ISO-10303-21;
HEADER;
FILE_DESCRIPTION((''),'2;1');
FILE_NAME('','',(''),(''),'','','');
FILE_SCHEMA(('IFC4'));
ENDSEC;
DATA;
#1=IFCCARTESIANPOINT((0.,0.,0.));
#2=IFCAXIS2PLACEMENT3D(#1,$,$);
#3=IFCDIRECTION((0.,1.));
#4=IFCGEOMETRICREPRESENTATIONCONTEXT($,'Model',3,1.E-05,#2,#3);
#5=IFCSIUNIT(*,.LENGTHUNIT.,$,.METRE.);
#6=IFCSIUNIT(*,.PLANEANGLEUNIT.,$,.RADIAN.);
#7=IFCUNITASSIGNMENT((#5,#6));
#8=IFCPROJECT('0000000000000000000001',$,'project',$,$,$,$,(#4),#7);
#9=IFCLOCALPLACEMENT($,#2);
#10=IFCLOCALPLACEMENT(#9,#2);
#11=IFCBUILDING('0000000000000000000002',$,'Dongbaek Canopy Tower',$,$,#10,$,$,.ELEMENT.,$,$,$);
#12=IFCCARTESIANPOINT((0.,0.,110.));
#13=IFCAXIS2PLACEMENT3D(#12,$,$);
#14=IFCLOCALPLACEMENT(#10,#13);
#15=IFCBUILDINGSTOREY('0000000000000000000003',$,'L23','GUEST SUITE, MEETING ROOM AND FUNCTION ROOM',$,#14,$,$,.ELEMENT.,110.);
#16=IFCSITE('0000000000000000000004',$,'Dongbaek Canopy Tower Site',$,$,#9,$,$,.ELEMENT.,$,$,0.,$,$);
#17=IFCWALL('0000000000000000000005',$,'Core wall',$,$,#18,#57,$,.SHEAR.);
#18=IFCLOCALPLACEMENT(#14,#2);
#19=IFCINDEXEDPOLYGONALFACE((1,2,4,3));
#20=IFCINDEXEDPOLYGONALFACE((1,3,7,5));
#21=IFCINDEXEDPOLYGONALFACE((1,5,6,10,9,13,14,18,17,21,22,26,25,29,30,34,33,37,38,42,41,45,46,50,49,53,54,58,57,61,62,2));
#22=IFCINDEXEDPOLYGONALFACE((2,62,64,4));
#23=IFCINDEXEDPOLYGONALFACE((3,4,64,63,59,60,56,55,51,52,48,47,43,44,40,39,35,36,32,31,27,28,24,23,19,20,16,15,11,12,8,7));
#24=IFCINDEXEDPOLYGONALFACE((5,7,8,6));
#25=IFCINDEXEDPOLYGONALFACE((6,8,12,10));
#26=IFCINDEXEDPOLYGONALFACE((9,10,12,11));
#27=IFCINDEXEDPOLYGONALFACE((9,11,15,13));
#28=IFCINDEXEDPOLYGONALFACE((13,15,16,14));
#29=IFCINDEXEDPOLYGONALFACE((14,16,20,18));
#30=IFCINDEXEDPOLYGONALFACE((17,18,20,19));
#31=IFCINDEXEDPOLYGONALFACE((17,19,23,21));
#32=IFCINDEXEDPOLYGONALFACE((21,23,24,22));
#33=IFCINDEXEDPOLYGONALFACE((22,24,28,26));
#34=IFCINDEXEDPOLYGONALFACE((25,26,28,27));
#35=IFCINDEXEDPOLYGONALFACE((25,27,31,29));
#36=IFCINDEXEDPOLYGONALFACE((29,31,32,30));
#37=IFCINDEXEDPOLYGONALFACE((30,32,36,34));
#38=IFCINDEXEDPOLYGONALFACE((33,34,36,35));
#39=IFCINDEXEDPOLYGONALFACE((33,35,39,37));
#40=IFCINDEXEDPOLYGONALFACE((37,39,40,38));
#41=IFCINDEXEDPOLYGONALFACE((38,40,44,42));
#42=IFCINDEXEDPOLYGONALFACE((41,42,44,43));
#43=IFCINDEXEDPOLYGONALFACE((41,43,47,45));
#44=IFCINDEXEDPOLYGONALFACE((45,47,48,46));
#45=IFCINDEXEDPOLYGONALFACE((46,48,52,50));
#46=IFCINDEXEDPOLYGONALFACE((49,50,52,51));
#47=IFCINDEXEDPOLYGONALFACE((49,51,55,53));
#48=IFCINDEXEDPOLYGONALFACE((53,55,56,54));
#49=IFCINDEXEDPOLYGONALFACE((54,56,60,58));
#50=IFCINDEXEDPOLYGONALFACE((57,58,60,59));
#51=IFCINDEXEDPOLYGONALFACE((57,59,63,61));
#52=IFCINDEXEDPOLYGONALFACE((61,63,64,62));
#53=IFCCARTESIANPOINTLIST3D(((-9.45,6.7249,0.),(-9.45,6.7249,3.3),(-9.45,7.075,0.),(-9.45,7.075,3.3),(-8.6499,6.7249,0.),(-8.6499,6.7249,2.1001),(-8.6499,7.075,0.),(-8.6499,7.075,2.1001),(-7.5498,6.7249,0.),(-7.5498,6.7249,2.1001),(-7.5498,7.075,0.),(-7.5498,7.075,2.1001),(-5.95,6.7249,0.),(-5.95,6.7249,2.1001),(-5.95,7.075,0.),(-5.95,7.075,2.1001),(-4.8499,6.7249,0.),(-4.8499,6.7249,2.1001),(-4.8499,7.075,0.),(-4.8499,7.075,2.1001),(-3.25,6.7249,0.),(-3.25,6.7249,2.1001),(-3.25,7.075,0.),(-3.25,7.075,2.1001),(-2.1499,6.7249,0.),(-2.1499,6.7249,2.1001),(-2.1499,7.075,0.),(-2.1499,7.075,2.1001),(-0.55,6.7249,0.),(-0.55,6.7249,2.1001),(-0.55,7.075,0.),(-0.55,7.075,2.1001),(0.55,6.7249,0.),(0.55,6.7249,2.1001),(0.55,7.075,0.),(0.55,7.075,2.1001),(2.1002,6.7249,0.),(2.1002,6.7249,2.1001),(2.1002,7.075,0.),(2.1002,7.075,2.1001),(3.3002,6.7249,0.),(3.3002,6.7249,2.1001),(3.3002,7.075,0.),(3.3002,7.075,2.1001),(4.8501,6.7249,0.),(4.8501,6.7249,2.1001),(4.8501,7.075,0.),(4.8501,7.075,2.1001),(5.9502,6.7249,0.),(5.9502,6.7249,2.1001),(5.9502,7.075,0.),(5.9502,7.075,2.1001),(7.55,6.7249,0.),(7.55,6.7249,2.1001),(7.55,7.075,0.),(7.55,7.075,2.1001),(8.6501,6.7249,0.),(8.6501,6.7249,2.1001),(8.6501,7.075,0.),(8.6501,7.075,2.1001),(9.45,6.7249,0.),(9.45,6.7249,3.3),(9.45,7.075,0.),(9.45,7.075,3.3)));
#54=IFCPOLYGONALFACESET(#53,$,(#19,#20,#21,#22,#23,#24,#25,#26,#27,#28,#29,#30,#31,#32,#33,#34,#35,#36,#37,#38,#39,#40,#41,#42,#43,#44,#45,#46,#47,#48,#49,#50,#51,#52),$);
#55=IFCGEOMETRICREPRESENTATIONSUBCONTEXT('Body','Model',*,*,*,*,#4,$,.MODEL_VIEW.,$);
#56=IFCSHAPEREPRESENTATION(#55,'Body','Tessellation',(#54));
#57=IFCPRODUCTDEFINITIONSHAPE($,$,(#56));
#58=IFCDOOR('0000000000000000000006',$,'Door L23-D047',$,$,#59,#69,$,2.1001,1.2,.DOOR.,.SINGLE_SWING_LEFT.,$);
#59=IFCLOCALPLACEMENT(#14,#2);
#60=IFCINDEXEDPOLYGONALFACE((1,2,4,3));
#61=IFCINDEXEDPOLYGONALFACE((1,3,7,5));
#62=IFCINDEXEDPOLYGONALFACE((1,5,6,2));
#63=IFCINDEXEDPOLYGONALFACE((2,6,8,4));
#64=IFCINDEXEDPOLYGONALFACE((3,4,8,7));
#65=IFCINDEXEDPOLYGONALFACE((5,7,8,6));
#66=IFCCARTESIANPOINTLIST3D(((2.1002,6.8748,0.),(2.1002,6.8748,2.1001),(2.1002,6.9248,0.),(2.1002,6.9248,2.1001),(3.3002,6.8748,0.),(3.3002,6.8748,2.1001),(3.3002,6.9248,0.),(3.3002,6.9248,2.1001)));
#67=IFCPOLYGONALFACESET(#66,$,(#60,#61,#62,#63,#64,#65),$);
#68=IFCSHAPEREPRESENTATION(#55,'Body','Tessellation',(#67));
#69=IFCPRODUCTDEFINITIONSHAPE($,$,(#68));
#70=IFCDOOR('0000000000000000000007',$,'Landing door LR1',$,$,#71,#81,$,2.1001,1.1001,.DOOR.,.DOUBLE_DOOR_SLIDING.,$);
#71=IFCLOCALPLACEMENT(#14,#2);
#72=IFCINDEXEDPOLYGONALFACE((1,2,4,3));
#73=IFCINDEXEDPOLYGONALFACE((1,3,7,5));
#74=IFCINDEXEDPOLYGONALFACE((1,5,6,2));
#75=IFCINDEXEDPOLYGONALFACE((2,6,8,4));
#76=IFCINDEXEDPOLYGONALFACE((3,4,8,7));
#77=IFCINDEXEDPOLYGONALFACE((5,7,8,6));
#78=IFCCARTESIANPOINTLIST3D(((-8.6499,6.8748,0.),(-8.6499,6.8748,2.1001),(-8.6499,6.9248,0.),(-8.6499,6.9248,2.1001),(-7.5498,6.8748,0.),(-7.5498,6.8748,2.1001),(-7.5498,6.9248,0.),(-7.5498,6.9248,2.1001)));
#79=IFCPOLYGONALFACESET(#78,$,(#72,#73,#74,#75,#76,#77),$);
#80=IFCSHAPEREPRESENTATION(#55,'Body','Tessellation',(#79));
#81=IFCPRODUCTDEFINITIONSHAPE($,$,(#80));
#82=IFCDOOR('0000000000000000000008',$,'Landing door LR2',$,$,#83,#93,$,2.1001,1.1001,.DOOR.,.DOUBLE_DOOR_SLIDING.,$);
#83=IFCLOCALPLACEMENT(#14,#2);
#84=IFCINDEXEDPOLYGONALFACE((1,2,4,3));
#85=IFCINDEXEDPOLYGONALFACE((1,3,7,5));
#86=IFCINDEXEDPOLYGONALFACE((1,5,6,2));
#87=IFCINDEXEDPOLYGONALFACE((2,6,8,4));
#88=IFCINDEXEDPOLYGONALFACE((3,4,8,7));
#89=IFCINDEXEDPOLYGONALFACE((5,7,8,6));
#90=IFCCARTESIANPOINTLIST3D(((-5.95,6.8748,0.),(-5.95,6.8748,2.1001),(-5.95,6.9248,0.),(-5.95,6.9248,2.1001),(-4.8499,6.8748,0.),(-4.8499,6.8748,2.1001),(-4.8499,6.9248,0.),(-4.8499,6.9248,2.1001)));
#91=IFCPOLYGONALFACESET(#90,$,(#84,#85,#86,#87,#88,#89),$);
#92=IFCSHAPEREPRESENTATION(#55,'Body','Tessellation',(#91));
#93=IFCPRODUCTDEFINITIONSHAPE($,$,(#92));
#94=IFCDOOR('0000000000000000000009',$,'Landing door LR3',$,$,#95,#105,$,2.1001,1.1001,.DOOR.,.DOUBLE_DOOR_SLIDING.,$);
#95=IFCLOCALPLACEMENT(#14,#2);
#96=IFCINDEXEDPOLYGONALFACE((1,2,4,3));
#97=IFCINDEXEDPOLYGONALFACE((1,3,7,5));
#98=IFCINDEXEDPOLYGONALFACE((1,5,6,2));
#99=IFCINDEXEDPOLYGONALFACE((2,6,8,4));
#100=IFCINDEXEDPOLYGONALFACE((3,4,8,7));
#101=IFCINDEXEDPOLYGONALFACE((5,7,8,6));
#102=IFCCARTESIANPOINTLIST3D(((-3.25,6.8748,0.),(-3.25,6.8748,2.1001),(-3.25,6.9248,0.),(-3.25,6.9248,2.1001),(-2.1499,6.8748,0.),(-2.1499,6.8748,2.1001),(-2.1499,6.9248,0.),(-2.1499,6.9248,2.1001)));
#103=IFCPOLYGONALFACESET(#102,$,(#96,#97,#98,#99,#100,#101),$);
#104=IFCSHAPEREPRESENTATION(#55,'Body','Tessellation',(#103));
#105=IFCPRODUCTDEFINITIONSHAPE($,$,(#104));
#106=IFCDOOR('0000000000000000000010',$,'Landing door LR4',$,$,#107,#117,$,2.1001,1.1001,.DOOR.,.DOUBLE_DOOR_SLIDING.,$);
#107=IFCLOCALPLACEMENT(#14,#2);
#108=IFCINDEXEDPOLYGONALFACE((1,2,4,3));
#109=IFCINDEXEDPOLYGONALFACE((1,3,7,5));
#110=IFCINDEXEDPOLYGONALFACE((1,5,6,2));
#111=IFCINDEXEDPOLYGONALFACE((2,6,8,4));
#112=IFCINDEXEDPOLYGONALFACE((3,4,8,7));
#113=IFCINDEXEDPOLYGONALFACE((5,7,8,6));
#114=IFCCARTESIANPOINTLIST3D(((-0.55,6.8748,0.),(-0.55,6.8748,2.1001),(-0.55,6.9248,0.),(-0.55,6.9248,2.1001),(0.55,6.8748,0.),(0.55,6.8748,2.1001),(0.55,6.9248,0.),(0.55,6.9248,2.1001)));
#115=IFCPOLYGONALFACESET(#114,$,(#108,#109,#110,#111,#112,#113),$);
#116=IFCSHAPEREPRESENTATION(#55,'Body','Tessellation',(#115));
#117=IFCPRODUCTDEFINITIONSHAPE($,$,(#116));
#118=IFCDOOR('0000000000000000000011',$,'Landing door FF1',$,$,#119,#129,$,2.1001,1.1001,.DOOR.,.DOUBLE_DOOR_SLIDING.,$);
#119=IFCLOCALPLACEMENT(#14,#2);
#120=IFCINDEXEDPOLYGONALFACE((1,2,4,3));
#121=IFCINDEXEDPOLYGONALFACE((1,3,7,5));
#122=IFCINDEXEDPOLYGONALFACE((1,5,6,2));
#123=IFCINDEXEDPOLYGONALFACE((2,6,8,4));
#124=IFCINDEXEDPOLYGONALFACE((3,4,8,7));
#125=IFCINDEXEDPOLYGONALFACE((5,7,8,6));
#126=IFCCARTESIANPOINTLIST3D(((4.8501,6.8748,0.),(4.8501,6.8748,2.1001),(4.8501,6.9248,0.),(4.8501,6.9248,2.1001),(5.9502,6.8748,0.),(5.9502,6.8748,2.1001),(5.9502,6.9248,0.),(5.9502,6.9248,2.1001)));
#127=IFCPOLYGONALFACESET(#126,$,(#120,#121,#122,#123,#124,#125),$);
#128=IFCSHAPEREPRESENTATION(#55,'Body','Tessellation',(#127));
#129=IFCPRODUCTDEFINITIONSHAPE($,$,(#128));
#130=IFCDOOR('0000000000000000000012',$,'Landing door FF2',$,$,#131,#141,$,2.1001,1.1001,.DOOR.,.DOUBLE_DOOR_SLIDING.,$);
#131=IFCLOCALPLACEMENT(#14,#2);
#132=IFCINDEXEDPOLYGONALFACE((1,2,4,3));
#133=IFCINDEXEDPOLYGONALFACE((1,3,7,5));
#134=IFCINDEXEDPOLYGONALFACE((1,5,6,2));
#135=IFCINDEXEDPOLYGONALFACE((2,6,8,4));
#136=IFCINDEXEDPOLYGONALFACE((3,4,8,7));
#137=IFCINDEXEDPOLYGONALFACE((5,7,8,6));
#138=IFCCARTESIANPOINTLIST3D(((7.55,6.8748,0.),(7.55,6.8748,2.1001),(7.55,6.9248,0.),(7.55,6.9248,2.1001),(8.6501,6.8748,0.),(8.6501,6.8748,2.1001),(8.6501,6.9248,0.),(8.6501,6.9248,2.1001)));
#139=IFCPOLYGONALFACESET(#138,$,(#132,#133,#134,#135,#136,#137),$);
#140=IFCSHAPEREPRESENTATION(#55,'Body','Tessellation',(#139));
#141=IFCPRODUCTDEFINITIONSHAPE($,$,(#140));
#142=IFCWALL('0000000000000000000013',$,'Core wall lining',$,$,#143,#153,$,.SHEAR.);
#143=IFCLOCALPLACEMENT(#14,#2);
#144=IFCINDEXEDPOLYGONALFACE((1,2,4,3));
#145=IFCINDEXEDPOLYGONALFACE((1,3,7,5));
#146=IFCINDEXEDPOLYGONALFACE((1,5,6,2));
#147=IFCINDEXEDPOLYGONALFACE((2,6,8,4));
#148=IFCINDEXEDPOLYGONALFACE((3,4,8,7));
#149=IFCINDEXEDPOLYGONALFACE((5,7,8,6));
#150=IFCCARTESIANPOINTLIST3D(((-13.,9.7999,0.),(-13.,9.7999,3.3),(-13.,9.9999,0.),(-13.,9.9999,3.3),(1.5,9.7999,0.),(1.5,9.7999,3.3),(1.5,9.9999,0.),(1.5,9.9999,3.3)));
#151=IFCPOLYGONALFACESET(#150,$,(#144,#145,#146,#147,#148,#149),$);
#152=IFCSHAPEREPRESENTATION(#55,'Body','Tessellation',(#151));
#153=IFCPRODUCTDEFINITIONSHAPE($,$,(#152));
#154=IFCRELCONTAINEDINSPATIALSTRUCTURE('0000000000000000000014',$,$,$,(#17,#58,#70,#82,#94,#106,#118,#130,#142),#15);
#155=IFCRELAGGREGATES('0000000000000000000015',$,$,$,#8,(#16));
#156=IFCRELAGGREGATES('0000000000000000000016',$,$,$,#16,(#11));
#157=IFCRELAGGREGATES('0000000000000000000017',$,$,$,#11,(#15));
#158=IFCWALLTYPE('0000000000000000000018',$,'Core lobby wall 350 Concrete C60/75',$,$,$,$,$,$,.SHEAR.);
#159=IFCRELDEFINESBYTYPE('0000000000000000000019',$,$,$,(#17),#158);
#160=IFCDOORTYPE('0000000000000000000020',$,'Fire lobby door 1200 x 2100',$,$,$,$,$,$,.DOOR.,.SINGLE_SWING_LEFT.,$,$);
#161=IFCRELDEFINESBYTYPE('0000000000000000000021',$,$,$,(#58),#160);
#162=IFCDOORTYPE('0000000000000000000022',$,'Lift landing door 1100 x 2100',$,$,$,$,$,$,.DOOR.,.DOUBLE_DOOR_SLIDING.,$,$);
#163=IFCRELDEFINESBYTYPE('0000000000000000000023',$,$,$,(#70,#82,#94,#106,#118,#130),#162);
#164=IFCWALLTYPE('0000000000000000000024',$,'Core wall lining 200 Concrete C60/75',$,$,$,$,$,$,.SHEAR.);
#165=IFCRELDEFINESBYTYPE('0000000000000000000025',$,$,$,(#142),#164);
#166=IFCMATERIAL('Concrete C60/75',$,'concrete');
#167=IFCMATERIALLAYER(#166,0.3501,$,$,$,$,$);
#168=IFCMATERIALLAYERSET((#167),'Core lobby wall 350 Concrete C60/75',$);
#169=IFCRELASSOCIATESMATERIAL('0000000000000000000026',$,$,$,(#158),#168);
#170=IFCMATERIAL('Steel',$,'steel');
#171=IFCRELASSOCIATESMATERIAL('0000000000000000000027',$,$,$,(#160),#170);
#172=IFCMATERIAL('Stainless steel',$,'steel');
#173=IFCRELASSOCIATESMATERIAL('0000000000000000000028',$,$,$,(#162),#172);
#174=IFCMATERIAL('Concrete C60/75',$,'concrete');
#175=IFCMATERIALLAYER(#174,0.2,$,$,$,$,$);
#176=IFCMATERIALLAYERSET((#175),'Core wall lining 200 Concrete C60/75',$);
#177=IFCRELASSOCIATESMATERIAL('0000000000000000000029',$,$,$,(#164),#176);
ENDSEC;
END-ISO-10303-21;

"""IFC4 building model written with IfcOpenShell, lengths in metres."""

from ifc_helpers import new_model, si_unit, direction, frame, frame_2d, origin, place, context, subcontext, project, spatial, rectangle, extrude, material, layer, layer_set, type_object, element, fill, save


model = new_model("IFC4")

# Units and contexts
model_context = context("Model", 3, precision=1e-05, world=origin(), true_north=direction((0.0, 1.0)))
body_context = subcontext(model_context, "Body", "Model", "MODEL_VIEW")
ifc_project = project(units=[si_unit("LENGTHUNIT", "METRE"), si_unit("PLANEANGLEUNIT", "RADIAN")], contexts=[model_context])

# Site, building, storey
site_placement = place(None, origin())
site = spatial("IfcSite", under=ifc_project, at=site_placement, Name="Dongbaek Canopy Tower Site", CompositionType="ELEMENT", RefElevation=0.0)
building_placement = place(site_placement, origin())
building = spatial("IfcBuilding", under=site, at=building_placement, Name="Dongbaek Canopy Tower", CompositionType="ELEMENT")
storey_placement = place(building_placement, frame((0.0, 0.0, 110.0)))
storey = spatial("IfcBuildingStorey", under=building, at=storey_placement, Name="L23", Description="GUEST SUITE, MEETING ROOM AND FUNCTION ROOM", CompositionType="ELEMENT", Elevation=110.0)

# Wall, openings, doors
ifc_material_1 = material(Name="Concrete C60/75", Category="concrete")
ifc_layer_1 = layer(ifc_material_1, 0.3501)
ifc_layer_set_1 = layer_set([ifc_layer_1], Name="Core lobby wall 350 Concrete C60/75")
wall_type_1 = type_object("IfcWallType", Name="Core lobby wall 350 Concrete C60/75", PredefinedType="SHEAR", material=ifc_layer_set_1)
wall_1_placement = place(storey_placement, frame((-9.45, 6.8999, 0.0), z_axis=(0.0, 0.0, 1.0), x_axis=(1.0, 0.0, 0.0)))
wall_1 = element("IfcWall", 1, at=wall_1_placement, inside=storey, type_object=wall_type_1, Name="Core wall", PredefinedType="SHEAR", context=body_context, shape_type="SweptSolid", body=[
    extrude(rectangle(XDim=18.8999, YDim=0.3501, at=frame_2d((9.45, 0.0))), origin(), (0.0, 0.0, 1.0), 3.3),
])
opening_1_placement = place(wall_1_placement, frame((0.8, 0.0, 0.0)))
opening_1 = element("IfcOpeningElement", 2, at=opening_1_placement, cuts=wall_1, PredefinedType="OPENING", context=body_context, shape_type="SweptSolid", body=[
    extrude(rectangle(XDim=1.1001, YDim=2.1001, at=frame_2d((0.55, 1.05))), frame((0.0, 0.1851, 0.0), z_axis=(0.0, -1.0, 0.0), x_axis=(1.0, 0.0, 0.0)), (0.0, 0.0, 1.0), 0.3701),
])
opening_2_placement = place(wall_1_placement, frame((3.5, 0.0, 0.0)))
opening_2 = element("IfcOpeningElement", 3, at=opening_2_placement, cuts=wall_1, PredefinedType="OPENING", context=body_context, shape_type="SweptSolid", body=[
    extrude(rectangle(XDim=1.1001, YDim=2.1001, at=frame_2d((0.55, 1.05))), frame((0.0, 0.1851, 0.0), z_axis=(0.0, -1.0, 0.0), x_axis=(1.0, 0.0, 0.0)), (0.0, 0.0, 1.0), 0.3701),
])
opening_3_placement = place(wall_1_placement, frame((6.2, 0.0, 0.0)))
opening_3 = element("IfcOpeningElement", 4, at=opening_3_placement, cuts=wall_1, PredefinedType="OPENING", context=body_context, shape_type="SweptSolid", body=[
    extrude(rectangle(XDim=1.1001, YDim=2.1001, at=frame_2d((0.55, 1.05))), frame((0.0, 0.1851, 0.0), z_axis=(0.0, -1.0, 0.0), x_axis=(1.0, 0.0, 0.0)), (0.0, 0.0, 1.0), 0.3701),
])
opening_4_placement = place(wall_1_placement, frame((8.8999, 0.0, 0.0)))
opening_4 = element("IfcOpeningElement", 5, at=opening_4_placement, cuts=wall_1, PredefinedType="OPENING", context=body_context, shape_type="SweptSolid", body=[
    extrude(rectangle(XDim=1.1001, YDim=2.1001, at=frame_2d((0.55, 1.05))), frame((0.0, 0.1851, 0.0), z_axis=(0.0, -1.0, 0.0), x_axis=(1.0, 0.0, 0.0)), (0.0, 0.0, 1.0), 0.3701),
])
opening_5_placement = place(wall_1_placement, frame((11.55, 0.0, 0.0)))
opening_5 = element("IfcOpeningElement", 6, at=opening_5_placement, cuts=wall_1, PredefinedType="OPENING", context=body_context, shape_type="SweptSolid", body=[
    extrude(rectangle(XDim=1.2, YDim=2.1001, at=frame_2d((0.6001, 1.05))), frame((0.0, 0.1851, 0.0), z_axis=(0.0, -1.0, 0.0), x_axis=(1.0, 0.0, 0.0)), (0.0, 0.0, 1.0), 0.3701),
])
opening_6_placement = place(wall_1_placement, frame((14.3, 0.0, 0.0)))
opening_6 = element("IfcOpeningElement", 7, at=opening_6_placement, cuts=wall_1, PredefinedType="OPENING", context=body_context, shape_type="SweptSolid", body=[
    extrude(rectangle(XDim=1.1001, YDim=2.1001, at=frame_2d((0.55, 1.05))), frame((0.0, 0.1851, 0.0), z_axis=(0.0, -1.0, 0.0), x_axis=(1.0, 0.0, 0.0)), (0.0, 0.0, 1.0), 0.3701),
])
opening_7_placement = place(wall_1_placement, frame((17.0, 0.0, 0.0)))
opening_7 = element("IfcOpeningElement", 8, at=opening_7_placement, cuts=wall_1, PredefinedType="OPENING", context=body_context, shape_type="SweptSolid", body=[
    extrude(rectangle(XDim=1.1001, YDim=2.1001, at=frame_2d((0.55, 1.05))), frame((0.0, 0.1851, 0.0), z_axis=(0.0, -1.0, 0.0), x_axis=(1.0, 0.0, 0.0)), (0.0, 0.0, 1.0), 0.3701),
])
ifc_material_2 = material(Name="Steel", Category="steel")
door_type_1 = type_object("IfcDoorType", Name="Fire lobby door 1200 x 2100", OperationType="SINGLE_SWING_LEFT", PredefinedType="DOOR", material=ifc_material_2)
door_1_placement = place(opening_5_placement, origin())
door_1 = element("IfcDoor", 9, at=door_1_placement, inside=storey, type_object=door_type_1, Name="Door L23-D047", OperationType="SINGLE_SWING_LEFT", OverallHeight=2.1001, OverallWidth=1.2, PredefinedType="DOOR", context=body_context, shape_type="SweptSolid", body=[
    extrude(rectangle(XDim=1.2, YDim=2.1001, at=frame_2d((0.6001, 1.05))), frame((0.0, 0.0249, 0.0), z_axis=(0.0, -1.0, 0.0), x_axis=(1.0, 0.0, 0.0)), (0.0, 0.0, 1.0), 0.05),
])
fill(opening_5, door_1)
ifc_material_3 = material(Name="Stainless steel", Category="steel")
door_type_2 = type_object("IfcDoorType", Name="Lift landing door 1100 x 2100", OperationType="DOUBLE_DOOR_SLIDING", PredefinedType="DOOR", material=ifc_material_3)
door_2_placement = place(opening_1_placement, origin())
door_2 = element("IfcDoor", 10, at=door_2_placement, inside=storey, type_object=door_type_2, Name="Landing door LR1", OperationType="DOUBLE_DOOR_SLIDING", OverallHeight=2.1001, OverallWidth=1.1001, PredefinedType="DOOR", context=body_context, shape_type="SweptSolid", body=[
    extrude(rectangle(XDim=1.1001, YDim=2.1001, at=frame_2d((0.55, 1.05))), frame((0.0, 0.0249, 0.0), z_axis=(0.0, -1.0, 0.0), x_axis=(1.0, 0.0, 0.0)), (0.0, 0.0, 1.0), 0.05),
])
fill(opening_1, door_2)
door_3_placement = place(opening_2_placement, origin())
door_3 = element("IfcDoor", 11, at=door_3_placement, inside=storey, type_object=door_type_2, Name="Landing door LR2", OperationType="DOUBLE_DOOR_SLIDING", OverallHeight=2.1001, OverallWidth=1.1001, PredefinedType="DOOR", context=body_context, shape_type="SweptSolid", body=[
    extrude(rectangle(XDim=1.1001, YDim=2.1001, at=frame_2d((0.55, 1.05))), frame((0.0, 0.0249, 0.0), z_axis=(0.0, -1.0, 0.0), x_axis=(1.0, 0.0, 0.0)), (0.0, 0.0, 1.0), 0.05),
])
fill(opening_2, door_3)
door_4_placement = place(opening_3_placement, origin())
door_4 = element("IfcDoor", 12, at=door_4_placement, inside=storey, type_object=door_type_2, Name="Landing door LR3", OperationType="DOUBLE_DOOR_SLIDING", OverallHeight=2.1001, OverallWidth=1.1001, PredefinedType="DOOR", context=body_context, shape_type="SweptSolid", body=[
    extrude(rectangle(XDim=1.1001, YDim=2.1001, at=frame_2d((0.55, 1.05))), frame((0.0, 0.0249, 0.0), z_axis=(0.0, -1.0, 0.0), x_axis=(1.0, 0.0, 0.0)), (0.0, 0.0, 1.0), 0.05),
])
fill(opening_3, door_4)
door_5_placement = place(opening_4_placement, origin())
door_5 = element("IfcDoor", 13, at=door_5_placement, inside=storey, type_object=door_type_2, Name="Landing door LR4", OperationType="DOUBLE_DOOR_SLIDING", OverallHeight=2.1001, OverallWidth=1.1001, PredefinedType="DOOR", context=body_context, shape_type="SweptSolid", body=[
    extrude(rectangle(XDim=1.1001, YDim=2.1001, at=frame_2d((0.55, 1.05))), frame((0.0, 0.0249, 0.0), z_axis=(0.0, -1.0, 0.0), x_axis=(1.0, 0.0, 0.0)), (0.0, 0.0, 1.0), 0.05),
])
fill(opening_4, door_5)
door_6_placement = place(opening_6_placement, origin())
door_6 = element("IfcDoor", 14, at=door_6_placement, inside=storey, type_object=door_type_2, Name="Landing door FF1", OperationType="DOUBLE_DOOR_SLIDING", OverallHeight=2.1001, OverallWidth=1.1001, PredefinedType="DOOR", context=body_context, shape_type="SweptSolid", body=[
    extrude(rectangle(XDim=1.1001, YDim=2.1001, at=frame_2d((0.55, 1.05))), frame((0.0, 0.0249, 0.0), z_axis=(0.0, -1.0, 0.0), x_axis=(1.0, 0.0, 0.0)), (0.0, 0.0, 1.0), 0.05),
])
fill(opening_6, door_6)
door_7_placement = place(opening_7_placement, origin())
door_7 = element("IfcDoor", 15, at=door_7_placement, inside=storey, type_object=door_type_2, Name="Landing door FF2", OperationType="DOUBLE_DOOR_SLIDING", OverallHeight=2.1001, OverallWidth=1.1001, PredefinedType="DOOR", context=body_context, shape_type="SweptSolid", body=[
    extrude(rectangle(XDim=1.1001, YDim=2.1001, at=frame_2d((0.55, 1.05))), frame((0.0, 0.0249, 0.0), z_axis=(0.0, -1.0, 0.0), x_axis=(1.0, 0.0, 0.0)), (0.0, 0.0, 1.0), 0.05),
])
fill(opening_7, door_7)

# Wall
ifc_material_4 = material(Name="Concrete C60/75", Category="concrete")
ifc_layer_2 = layer(ifc_material_4, 0.2)
ifc_layer_set_2 = layer_set([ifc_layer_2], Name="Core wall lining 200 Concrete C60/75")
wall_type_2 = type_object("IfcWallType", Name="Core wall lining 200 Concrete C60/75", PredefinedType="SHEAR", material=ifc_layer_set_2)
wall_2_placement = place(storey_placement, frame((-13.0, 9.8999, 0.0), z_axis=(0.0, 0.0, 1.0), x_axis=(1.0, 0.0, 0.0)))
element("IfcWall", 16, at=wall_2_placement, inside=storey, type_object=wall_type_2, Name="Core wall lining", PredefinedType="SHEAR", context=body_context, shape_type="SweptSolid", body=[
    extrude(rectangle(XDim=14.5, YDim=0.2, at=frame_2d((7.25, 0.0))), origin(), (0.0, 0.0, 1.0), 3.3),
])

save(model, "model.ifc")
